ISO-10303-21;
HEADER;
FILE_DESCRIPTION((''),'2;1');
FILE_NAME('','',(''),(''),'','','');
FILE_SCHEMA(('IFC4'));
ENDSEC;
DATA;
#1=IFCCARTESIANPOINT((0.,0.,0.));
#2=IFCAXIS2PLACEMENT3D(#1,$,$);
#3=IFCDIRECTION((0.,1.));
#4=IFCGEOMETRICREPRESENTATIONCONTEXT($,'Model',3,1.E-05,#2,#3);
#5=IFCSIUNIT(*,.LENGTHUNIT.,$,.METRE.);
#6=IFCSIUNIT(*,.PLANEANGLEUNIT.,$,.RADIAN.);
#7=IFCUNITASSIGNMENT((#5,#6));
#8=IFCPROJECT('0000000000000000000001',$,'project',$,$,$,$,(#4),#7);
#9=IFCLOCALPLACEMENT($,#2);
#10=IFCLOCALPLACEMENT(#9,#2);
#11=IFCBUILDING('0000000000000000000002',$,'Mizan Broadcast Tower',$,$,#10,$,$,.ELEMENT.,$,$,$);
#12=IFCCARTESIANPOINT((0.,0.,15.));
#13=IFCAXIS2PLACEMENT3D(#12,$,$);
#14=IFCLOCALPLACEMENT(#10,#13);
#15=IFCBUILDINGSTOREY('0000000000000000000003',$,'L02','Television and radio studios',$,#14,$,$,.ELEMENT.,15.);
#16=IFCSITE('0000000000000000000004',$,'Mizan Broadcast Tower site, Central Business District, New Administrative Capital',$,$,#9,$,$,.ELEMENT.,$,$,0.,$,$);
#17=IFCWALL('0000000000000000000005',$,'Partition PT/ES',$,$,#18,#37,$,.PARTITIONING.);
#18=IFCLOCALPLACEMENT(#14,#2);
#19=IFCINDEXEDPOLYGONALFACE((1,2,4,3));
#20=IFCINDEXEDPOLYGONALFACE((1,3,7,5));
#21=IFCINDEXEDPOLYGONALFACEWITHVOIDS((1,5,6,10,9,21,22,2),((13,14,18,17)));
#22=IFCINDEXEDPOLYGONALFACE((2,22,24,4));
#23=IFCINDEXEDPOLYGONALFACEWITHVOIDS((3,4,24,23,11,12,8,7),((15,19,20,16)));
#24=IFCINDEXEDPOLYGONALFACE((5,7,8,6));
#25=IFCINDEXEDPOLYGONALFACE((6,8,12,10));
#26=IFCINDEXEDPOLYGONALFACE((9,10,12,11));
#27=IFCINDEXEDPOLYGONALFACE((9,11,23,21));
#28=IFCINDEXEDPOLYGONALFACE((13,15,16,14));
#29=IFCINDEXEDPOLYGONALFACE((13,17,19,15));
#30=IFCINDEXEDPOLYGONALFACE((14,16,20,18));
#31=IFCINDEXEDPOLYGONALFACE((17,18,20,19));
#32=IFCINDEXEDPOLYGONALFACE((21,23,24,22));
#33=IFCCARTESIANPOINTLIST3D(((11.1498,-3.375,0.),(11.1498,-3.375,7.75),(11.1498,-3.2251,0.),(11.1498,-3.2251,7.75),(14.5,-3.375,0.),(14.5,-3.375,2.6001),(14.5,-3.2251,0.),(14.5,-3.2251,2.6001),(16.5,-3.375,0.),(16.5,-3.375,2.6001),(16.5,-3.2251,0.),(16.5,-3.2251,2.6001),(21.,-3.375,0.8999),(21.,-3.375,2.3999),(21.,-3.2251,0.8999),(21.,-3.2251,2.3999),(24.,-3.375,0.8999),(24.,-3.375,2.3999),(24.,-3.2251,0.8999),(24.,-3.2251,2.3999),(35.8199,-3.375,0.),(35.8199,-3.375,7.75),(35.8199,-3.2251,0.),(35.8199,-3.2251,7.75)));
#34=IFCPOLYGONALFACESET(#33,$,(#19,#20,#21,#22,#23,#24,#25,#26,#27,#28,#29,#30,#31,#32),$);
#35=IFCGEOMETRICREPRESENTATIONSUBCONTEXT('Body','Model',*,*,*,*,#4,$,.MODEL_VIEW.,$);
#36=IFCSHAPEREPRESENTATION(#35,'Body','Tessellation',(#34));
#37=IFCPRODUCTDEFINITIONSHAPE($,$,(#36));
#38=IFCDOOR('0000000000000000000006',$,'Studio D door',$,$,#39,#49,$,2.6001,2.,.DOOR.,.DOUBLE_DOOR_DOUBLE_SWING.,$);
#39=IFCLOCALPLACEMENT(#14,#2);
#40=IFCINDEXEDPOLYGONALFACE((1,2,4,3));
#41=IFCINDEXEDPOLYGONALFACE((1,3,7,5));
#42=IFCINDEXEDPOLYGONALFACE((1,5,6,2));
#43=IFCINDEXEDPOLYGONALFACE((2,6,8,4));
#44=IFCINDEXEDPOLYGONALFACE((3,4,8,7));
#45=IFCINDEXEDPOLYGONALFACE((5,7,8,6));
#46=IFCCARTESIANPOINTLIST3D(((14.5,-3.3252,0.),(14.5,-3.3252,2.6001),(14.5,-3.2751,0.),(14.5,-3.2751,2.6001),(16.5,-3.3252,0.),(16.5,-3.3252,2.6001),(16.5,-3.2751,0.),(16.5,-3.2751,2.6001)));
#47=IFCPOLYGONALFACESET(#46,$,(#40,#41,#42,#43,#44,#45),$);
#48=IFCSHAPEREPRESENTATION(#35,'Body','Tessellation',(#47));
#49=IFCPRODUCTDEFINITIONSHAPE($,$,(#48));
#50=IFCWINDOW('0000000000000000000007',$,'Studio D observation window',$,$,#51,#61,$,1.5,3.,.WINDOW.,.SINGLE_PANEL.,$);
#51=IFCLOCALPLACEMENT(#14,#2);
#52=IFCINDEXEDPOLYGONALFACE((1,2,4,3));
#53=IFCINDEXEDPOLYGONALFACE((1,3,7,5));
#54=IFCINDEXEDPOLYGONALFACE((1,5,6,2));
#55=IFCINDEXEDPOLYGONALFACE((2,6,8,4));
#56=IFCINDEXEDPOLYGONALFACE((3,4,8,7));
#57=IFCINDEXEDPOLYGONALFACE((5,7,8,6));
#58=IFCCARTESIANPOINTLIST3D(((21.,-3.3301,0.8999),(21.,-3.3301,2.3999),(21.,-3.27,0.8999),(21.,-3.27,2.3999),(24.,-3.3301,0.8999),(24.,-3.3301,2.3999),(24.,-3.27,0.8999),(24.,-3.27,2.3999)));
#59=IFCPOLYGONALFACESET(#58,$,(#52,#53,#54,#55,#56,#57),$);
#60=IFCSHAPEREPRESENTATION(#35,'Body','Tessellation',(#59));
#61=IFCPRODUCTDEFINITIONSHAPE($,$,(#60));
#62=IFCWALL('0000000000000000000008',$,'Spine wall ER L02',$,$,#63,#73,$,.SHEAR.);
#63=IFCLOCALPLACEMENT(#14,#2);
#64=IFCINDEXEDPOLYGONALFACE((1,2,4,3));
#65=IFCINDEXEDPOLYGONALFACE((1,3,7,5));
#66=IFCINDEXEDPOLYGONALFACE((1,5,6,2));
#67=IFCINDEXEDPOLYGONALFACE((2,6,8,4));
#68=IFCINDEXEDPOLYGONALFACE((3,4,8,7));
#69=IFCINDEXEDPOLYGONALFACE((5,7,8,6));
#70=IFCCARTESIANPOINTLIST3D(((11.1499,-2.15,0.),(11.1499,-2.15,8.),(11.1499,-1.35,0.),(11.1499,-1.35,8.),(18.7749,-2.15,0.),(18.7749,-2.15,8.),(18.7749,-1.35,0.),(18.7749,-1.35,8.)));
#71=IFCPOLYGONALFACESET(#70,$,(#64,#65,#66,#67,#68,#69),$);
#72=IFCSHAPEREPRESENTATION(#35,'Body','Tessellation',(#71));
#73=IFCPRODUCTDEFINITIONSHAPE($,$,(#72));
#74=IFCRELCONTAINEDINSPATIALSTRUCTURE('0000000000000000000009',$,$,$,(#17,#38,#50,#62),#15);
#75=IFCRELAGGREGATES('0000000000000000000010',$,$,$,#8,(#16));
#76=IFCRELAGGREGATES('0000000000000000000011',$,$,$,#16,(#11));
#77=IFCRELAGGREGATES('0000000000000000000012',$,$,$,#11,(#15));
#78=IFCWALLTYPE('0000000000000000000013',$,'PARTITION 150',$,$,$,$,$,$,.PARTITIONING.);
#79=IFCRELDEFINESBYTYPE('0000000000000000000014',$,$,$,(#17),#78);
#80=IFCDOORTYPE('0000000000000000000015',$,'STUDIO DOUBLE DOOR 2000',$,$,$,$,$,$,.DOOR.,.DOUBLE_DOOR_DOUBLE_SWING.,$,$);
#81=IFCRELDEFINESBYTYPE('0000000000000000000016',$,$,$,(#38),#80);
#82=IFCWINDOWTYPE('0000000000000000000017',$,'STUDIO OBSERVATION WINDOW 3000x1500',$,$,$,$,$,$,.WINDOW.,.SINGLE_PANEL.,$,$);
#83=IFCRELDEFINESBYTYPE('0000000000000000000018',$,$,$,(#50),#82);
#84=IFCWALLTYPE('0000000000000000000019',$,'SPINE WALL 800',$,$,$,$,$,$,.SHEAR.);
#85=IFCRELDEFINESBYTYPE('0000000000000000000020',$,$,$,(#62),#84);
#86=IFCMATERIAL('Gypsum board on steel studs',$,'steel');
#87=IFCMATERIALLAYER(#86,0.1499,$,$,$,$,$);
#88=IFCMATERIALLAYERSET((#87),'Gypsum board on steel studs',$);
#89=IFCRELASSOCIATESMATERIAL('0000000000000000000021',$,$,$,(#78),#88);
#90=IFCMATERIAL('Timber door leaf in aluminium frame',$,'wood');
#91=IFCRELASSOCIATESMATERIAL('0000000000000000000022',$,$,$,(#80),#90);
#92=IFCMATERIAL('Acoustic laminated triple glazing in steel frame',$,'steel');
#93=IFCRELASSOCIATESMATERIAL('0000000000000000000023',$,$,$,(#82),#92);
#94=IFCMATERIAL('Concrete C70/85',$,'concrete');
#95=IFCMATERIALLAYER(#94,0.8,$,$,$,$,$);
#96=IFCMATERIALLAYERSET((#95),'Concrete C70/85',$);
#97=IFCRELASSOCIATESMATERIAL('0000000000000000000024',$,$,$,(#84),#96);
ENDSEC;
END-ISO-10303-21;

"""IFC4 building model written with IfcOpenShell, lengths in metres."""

from ifc_helpers import new_model, si_unit, direction, frame, frame_2d, origin, place, context, subcontext, project, spatial, rectangle, extrude, material, layer, layer_set, type_object, element, fill, save


model = new_model("IFC4")

# Units and contexts
model_context = context("Model", 3, precision=1e-05, world=origin(), true_north=direction((0.0, 1.0)))
body_context = subcontext(model_context, "Body", "Model", "MODEL_VIEW")
ifc_project = project(units=[si_unit("LENGTHUNIT", "METRE"), si_unit("PLANEANGLEUNIT", "RADIAN")], contexts=[model_context])

# Site, building, storey
site_placement = place(None, origin())
site = spatial("IfcSite", under=ifc_project, at=site_placement, Name="Mizan Broadcast Tower site, Central Business District, New Administrative Capital", CompositionType="ELEMENT", RefElevation=0.0)
building_placement = place(site_placement, origin())
building = spatial("IfcBuilding", under=site, at=building_placement, Name="Mizan Broadcast Tower", CompositionType="ELEMENT")
storey_placement = place(building_placement, frame((0.0, 0.0, 15.0)))
storey = spatial("IfcBuildingStorey", under=building, at=storey_placement, Name="L02", Description="Television and radio studios", CompositionType="ELEMENT", Elevation=15.0)

# Wall, openings, door, window
ifc_material_1 = material(Name="Gypsum board on steel studs", Category="steel")
ifc_layer_1 = layer(ifc_material_1, 0.1499)
ifc_layer_set_1 = layer_set([ifc_layer_1], Name="Gypsum board on steel studs")
wall_type_1 = type_object("IfcWallType", Name="PARTITION 150", PredefinedType="PARTITIONING", material=ifc_layer_set_1)
wall_1_placement = place(storey_placement, frame((11.1499, -3.3, 0.0), z_axis=(0.0, 0.0, 1.0), x_axis=(1.0, 0.0, 0.0)))
wall_1 = element("IfcWall", 1, at=wall_1_placement, inside=storey, type_object=wall_type_1, Name="Partition PT/ES", PredefinedType="PARTITIONING", context=body_context, shape_type="SweptSolid", body=[
    extrude(rectangle(XDim=24.6702, YDim=0.1499, at=frame_2d((12.335, 0.0))), origin(), (0.0, 0.0, 1.0), 7.75),
])
opening_1_placement = place(wall_1_placement, frame((3.3501, 0.0, 0.0)))
opening_1 = element("IfcOpeningElement", 2, at=opening_1_placement, cuts=wall_1, PredefinedType="OPENING", context=body_context, shape_type="SweptSolid", body=[
    extrude(rectangle(XDim=2.0, YDim=2.6001, at=frame_2d((1.0, 1.3))), frame((0.0, 0.085, 0.0), z_axis=(0.0, -1.0, 0.0), x_axis=(1.0, 0.0, 0.0)), (0.0, 0.0, 1.0), 0.1699),
])
opening_2_placement = place(wall_1_placement, frame((9.8501, 0.0, 0.8999)))
opening_2 = element("IfcOpeningElement", 3, at=opening_2_placement, cuts=wall_1, PredefinedType="OPENING", context=body_context, shape_type="SweptSolid", body=[
    extrude(rectangle(XDim=3.0, YDim=1.5, at=frame_2d((1.5, 0.75))), frame((0.0, 0.085, 0.0), z_axis=(0.0, -1.0, 0.0), x_axis=(1.0, 0.0, 0.0)), (0.0, 0.0, 1.0), 0.1699),
])
ifc_material_2 = material(Name="Timber door leaf in aluminium frame", Category="wood")
door_type_1 = type_object("IfcDoorType", Name="STUDIO DOUBLE DOOR 2000", OperationType="DOUBLE_DOOR_DOUBLE_SWING", PredefinedType="DOOR", material=ifc_material_2)
door_1_placement = place(opening_1_placement, origin())
door_1 = element("IfcDoor", 4, at=door_1_placement, inside=storey, type_object=door_type_1, Name="Studio D door", OperationType="DOUBLE_DOOR_DOUBLE_SWING", OverallHeight=2.6001, OverallWidth=2.0, PredefinedType="DOOR", context=body_context, shape_type="SweptSolid", body=[
    extrude(rectangle(XDim=2.0, YDim=2.6001, at=frame_2d((1.0, 1.3))), frame((0.0, 0.0249, 0.0), z_axis=(0.0, -1.0, 0.0), x_axis=(1.0, 0.0, 0.0)), (0.0, 0.0, 1.0), 0.05),
])
fill(opening_1, door_1)
ifc_material_3 = material(Name="Acoustic laminated triple glazing in steel frame", Category="steel")
window_type = type_object("IfcWindowType", Name="STUDIO OBSERVATION WINDOW 3000x1500", PartitioningType="SINGLE_PANEL", PredefinedType="WINDOW", material=ifc_material_3)
window_placement = place(opening_2_placement, origin())
window = element("IfcWindow", 5, at=window_placement, inside=storey, type_object=window_type, Name="Studio D observation window", OverallHeight=1.5, OverallWidth=3.0, PartitioningType="SINGLE_PANEL", PredefinedType="WINDOW", context=body_context, shape_type="SweptSolid", body=[
    extrude(rectangle(XDim=3.0, YDim=1.5, at=frame_2d((1.5, 0.75))), frame((0.0, 0.03, 0.0), z_axis=(0.0, -1.0, 0.0), x_axis=(1.0, 0.0, 0.0)), (0.0, 0.0, 1.0), 0.0601),
])
fill(opening_2, window)

# Wall
ifc_material_4 = material(Name="Concrete C70/85", Category="concrete")
ifc_layer_2 = layer(ifc_material_4, 0.8)
ifc_layer_set_2 = layer_set([ifc_layer_2], Name="Concrete C70/85")
wall_type_2 = type_object("IfcWallType", Name="SPINE WALL 800", PredefinedType="SHEAR", material=ifc_layer_set_2)
wall_2_placement = place(storey_placement, frame((11.1499, -1.75, 0.0), z_axis=(0.0, 0.0, 1.0), x_axis=(1.0, 0.0, 0.0)))
element("IfcWall", 6, at=wall_2_placement, inside=storey, type_object=wall_type_2, Name="Spine wall ER L02", PredefinedType="SHEAR", context=body_context, shape_type="SweptSolid", body=[
    extrude(rectangle(XDim=7.625, YDim=0.8, at=frame_2d((3.8125, 0.0))), origin(), (0.0, 0.0, 1.0), 8.0),
])

save(model, "model.ifc")
